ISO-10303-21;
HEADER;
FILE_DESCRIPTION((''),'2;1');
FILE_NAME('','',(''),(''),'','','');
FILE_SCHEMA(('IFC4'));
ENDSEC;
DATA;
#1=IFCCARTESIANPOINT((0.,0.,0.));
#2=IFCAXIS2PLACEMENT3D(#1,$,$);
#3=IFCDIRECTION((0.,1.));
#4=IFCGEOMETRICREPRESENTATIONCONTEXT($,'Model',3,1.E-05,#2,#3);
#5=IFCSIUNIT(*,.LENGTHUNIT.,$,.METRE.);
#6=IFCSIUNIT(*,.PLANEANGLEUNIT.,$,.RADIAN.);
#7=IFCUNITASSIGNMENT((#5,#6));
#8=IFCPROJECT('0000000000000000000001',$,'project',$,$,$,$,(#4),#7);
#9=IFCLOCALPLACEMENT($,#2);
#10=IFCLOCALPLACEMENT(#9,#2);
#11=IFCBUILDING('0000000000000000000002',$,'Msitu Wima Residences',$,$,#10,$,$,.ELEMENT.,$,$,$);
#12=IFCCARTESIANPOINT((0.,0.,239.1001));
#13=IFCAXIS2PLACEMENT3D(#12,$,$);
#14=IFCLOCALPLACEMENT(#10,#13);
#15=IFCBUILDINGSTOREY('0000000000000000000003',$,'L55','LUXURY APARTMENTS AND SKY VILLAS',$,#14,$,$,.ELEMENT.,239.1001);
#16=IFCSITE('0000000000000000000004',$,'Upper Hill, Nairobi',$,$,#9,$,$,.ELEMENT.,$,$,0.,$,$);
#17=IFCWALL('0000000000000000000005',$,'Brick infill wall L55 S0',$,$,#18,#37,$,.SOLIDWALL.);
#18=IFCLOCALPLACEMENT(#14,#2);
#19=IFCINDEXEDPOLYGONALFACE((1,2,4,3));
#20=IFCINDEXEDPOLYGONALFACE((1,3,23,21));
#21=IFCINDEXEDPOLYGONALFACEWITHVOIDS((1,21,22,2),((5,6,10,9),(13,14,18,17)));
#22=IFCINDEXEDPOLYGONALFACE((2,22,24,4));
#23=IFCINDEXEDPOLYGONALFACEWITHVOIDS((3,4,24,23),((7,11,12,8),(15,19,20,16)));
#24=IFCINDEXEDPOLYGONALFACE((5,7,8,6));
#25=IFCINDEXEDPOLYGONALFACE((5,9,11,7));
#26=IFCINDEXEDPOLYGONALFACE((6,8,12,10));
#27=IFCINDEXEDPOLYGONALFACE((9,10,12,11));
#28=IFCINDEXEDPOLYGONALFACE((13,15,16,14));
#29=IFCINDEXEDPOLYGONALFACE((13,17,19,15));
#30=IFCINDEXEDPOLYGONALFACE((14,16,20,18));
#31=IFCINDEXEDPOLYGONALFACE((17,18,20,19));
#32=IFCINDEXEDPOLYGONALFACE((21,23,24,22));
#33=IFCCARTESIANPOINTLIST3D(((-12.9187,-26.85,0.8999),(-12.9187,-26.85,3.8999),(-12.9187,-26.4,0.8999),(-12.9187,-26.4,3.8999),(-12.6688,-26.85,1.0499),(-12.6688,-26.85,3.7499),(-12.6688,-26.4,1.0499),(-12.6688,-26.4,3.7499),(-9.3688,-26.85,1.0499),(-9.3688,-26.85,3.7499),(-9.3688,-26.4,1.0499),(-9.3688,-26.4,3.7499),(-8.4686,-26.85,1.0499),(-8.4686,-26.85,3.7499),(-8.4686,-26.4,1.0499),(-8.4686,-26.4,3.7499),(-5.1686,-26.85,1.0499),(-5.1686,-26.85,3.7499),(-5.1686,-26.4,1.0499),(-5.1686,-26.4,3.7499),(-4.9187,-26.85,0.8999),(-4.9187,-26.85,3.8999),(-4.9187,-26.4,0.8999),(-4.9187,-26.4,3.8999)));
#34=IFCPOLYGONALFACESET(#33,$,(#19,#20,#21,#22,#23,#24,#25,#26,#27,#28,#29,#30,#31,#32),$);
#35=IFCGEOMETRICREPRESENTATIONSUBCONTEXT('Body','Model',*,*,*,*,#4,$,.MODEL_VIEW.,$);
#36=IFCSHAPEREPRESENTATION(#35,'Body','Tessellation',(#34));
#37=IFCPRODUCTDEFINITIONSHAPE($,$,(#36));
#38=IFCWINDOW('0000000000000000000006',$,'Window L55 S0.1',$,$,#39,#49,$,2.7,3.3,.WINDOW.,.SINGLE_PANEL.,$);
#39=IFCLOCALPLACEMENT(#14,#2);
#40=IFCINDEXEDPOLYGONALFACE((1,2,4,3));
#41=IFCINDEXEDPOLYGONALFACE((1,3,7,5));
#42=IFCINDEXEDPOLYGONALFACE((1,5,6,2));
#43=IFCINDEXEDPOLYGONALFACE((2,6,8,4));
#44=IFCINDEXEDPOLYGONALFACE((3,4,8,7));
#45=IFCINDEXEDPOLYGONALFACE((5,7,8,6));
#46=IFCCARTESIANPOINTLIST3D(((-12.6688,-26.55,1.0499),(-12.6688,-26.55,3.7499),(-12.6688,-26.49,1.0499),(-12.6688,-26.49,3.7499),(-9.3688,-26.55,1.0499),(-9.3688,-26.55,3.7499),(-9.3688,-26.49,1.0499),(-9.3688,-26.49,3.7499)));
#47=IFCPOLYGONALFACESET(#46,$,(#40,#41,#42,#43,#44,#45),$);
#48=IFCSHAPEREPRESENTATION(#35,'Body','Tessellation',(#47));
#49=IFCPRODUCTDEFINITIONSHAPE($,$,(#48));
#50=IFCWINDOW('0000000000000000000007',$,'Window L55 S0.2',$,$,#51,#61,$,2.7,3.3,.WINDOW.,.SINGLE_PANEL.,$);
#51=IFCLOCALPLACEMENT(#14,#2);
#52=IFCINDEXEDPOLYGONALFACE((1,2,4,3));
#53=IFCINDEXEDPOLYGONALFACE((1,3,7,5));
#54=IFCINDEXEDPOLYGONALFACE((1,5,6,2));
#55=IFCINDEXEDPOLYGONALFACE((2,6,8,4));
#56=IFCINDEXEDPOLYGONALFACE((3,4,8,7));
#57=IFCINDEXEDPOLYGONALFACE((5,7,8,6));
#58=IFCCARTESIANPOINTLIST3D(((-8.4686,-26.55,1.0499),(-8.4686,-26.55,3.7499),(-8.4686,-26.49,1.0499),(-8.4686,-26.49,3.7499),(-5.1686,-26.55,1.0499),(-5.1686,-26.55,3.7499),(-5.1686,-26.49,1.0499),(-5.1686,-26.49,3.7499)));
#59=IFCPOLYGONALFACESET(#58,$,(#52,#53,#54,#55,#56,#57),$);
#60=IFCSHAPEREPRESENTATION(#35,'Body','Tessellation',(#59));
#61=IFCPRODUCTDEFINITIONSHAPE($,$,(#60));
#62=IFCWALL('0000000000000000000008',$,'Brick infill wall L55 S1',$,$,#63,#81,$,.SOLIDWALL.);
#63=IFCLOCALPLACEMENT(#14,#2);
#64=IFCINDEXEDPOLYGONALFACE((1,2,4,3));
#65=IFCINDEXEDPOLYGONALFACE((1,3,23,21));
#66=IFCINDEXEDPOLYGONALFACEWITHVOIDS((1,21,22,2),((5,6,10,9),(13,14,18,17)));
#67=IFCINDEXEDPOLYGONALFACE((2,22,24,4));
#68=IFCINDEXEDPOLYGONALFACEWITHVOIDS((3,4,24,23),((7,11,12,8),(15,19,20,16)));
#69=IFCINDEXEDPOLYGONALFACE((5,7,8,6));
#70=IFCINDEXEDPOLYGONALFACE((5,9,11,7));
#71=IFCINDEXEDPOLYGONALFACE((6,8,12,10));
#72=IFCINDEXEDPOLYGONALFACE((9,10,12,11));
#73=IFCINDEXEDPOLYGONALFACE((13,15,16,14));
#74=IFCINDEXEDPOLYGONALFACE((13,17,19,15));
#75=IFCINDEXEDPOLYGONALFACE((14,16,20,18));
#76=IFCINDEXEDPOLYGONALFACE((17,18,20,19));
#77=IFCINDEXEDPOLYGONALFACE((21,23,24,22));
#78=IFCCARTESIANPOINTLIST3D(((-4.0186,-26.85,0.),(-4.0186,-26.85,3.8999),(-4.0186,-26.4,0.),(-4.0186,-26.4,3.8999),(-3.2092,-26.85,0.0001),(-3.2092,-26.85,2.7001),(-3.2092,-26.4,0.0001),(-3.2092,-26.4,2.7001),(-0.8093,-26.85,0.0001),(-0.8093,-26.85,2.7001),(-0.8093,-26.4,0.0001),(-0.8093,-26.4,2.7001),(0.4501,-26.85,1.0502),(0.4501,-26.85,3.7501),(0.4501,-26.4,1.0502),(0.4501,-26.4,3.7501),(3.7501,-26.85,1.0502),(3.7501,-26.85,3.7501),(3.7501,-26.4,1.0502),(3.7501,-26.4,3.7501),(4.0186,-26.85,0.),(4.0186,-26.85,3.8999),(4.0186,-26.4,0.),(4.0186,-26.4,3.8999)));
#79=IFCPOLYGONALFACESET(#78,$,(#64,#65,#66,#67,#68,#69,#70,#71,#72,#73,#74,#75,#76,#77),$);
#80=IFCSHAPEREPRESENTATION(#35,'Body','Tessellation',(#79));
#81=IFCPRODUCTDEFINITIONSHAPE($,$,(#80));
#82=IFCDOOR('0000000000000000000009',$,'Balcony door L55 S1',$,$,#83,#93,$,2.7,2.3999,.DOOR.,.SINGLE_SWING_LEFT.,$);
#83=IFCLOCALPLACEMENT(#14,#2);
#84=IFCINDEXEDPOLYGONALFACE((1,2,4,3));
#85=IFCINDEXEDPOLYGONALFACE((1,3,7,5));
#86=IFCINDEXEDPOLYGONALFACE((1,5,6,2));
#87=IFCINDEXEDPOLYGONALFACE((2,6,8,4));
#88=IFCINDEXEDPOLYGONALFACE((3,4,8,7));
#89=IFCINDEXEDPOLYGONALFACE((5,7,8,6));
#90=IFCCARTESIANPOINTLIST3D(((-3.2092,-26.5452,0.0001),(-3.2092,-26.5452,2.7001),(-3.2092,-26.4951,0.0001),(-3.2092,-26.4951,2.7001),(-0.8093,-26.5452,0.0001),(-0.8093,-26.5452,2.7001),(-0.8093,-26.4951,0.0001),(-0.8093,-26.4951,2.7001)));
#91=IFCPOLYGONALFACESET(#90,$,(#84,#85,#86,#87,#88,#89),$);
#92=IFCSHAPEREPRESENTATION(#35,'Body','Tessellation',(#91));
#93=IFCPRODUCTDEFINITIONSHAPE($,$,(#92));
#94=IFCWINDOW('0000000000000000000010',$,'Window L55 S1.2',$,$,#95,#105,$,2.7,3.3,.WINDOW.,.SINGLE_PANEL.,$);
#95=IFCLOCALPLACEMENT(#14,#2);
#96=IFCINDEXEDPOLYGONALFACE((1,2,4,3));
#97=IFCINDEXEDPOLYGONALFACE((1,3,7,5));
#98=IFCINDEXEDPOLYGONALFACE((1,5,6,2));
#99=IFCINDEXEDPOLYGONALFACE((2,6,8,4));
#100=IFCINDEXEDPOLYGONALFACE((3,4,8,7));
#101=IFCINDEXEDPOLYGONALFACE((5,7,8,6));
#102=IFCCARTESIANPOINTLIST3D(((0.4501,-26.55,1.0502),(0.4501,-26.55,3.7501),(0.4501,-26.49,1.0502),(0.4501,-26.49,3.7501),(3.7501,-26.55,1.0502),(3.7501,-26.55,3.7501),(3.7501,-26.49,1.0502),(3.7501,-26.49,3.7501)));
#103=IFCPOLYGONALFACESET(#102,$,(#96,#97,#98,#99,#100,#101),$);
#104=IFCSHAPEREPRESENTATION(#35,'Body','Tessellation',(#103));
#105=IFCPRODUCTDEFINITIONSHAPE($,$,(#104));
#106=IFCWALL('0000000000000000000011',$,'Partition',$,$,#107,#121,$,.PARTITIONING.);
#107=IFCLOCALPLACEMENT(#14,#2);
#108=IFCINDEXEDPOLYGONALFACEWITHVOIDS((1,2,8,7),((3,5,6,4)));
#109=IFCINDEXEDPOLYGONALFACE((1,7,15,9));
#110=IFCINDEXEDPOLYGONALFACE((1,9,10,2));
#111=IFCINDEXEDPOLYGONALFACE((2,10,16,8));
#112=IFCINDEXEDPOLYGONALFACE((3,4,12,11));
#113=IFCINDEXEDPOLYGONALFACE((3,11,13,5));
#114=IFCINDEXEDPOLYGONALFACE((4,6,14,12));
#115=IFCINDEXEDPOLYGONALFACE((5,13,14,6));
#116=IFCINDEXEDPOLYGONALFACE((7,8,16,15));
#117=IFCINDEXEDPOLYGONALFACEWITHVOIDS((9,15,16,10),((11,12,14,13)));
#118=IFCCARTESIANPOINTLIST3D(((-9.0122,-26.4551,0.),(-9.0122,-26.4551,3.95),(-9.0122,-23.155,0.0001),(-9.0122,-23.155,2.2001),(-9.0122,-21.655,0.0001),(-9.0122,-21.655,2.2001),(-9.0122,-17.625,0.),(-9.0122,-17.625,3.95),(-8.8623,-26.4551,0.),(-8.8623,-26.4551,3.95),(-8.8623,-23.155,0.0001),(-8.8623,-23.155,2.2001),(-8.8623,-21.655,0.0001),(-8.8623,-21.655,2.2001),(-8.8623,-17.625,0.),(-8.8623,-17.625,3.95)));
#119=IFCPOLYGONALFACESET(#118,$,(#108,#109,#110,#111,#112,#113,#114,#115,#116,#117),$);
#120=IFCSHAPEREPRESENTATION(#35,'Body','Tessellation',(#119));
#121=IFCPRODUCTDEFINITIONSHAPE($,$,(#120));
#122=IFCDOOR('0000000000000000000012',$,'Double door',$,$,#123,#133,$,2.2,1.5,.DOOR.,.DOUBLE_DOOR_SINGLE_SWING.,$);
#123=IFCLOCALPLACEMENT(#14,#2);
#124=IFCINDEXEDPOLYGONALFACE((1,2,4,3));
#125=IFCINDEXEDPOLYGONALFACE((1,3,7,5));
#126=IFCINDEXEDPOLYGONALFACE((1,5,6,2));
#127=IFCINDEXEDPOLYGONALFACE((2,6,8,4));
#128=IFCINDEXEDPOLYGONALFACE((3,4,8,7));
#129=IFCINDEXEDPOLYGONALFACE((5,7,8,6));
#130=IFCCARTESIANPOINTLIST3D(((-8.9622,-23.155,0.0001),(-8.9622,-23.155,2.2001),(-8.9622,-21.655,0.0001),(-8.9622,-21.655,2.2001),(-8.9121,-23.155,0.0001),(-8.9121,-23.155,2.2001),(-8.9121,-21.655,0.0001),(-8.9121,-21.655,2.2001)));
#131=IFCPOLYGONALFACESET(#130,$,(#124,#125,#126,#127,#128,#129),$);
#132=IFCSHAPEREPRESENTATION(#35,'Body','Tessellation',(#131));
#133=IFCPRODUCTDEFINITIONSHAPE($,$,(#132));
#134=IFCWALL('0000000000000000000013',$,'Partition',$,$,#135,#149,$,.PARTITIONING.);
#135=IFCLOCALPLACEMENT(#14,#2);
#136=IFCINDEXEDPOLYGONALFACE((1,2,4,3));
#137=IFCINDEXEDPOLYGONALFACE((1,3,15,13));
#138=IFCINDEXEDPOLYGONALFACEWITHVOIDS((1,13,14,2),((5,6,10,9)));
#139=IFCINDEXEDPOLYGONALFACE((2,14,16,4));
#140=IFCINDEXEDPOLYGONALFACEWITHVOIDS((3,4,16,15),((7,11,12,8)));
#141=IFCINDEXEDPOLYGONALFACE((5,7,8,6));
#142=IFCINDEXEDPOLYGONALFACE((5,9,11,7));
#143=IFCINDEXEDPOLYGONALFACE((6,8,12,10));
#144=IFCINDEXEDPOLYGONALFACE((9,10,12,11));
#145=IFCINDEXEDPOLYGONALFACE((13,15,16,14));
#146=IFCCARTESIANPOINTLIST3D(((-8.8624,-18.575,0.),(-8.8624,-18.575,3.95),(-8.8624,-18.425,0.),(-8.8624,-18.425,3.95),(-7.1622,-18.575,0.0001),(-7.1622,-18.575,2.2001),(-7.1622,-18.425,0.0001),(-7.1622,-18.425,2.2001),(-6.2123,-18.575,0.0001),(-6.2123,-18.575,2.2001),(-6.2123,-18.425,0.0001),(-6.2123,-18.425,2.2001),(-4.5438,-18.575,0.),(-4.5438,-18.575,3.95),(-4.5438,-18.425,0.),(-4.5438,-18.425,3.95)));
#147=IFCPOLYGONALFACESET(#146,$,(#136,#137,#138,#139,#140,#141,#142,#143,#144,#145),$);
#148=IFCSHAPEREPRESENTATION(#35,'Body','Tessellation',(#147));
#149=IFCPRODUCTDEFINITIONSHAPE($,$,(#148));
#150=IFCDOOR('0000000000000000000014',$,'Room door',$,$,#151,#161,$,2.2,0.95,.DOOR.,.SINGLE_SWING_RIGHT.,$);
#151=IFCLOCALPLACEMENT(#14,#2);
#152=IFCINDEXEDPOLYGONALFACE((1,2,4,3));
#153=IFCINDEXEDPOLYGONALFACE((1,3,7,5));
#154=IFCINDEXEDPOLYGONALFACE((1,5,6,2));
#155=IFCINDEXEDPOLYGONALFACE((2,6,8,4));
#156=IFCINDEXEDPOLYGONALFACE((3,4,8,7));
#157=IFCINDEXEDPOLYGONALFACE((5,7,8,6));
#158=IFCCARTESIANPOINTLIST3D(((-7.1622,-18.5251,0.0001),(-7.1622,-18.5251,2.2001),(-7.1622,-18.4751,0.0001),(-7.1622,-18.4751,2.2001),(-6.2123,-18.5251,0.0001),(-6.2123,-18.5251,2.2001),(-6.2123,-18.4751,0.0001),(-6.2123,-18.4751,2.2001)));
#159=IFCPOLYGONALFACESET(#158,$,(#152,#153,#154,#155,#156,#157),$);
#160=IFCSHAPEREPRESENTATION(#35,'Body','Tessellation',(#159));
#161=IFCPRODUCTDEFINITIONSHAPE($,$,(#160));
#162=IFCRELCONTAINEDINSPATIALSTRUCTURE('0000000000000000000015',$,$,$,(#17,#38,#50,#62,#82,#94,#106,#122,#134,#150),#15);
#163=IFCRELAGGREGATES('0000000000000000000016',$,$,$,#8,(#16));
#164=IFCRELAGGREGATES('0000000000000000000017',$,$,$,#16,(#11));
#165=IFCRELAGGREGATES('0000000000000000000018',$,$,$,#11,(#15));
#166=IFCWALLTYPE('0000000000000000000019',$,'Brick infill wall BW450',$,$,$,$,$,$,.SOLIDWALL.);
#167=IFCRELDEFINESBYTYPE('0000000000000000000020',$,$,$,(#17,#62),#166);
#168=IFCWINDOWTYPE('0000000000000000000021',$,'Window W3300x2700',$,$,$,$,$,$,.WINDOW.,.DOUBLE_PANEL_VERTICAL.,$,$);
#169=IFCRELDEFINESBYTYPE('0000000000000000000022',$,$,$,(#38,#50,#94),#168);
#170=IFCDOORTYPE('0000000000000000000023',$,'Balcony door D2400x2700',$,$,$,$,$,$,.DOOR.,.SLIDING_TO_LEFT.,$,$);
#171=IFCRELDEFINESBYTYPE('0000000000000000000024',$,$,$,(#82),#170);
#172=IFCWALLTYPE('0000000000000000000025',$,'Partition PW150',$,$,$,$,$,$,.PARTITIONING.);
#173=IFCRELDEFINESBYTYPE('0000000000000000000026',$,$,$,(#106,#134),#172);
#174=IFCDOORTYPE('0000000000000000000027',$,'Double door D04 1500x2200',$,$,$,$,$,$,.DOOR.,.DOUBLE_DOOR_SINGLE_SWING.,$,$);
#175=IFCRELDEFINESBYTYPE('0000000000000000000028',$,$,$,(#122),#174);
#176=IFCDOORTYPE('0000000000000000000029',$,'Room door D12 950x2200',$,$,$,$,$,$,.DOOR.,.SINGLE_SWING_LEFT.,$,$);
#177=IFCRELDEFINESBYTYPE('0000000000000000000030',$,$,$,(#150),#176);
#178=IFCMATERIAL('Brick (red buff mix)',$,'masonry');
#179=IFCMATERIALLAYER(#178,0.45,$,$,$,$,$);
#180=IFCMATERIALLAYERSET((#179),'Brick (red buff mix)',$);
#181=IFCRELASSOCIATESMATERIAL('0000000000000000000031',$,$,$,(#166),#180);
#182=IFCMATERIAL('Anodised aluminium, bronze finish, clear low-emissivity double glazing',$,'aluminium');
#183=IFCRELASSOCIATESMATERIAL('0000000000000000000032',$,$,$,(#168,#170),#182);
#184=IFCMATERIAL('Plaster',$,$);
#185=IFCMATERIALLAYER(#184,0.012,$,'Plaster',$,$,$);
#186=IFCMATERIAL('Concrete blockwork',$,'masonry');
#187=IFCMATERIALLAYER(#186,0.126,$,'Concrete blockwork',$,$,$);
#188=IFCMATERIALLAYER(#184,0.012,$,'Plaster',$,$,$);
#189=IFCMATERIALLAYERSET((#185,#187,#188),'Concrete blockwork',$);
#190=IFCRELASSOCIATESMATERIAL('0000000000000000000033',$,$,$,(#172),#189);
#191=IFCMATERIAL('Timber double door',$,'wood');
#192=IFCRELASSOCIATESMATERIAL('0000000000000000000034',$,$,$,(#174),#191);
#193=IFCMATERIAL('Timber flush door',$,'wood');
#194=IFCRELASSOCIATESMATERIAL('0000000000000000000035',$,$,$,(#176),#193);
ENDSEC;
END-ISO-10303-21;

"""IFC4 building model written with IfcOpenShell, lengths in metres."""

from ifc_helpers import new_model, si_unit, direction, frame, frame_2d, origin, place, context, subcontext, project, spatial, rectangle, extrude, material, layer, layer_set, type_object, element, fill, save


model = new_model("IFC4")

# Units and contexts
model_context = context("Model", 3, precision=1e-05, world=origin(), true_north=direction((0.0, 1.0)))
body_context = subcontext(model_context, "Body", "Model", "MODEL_VIEW")
ifc_project = project(units=[si_unit("LENGTHUNIT", "METRE"), si_unit("PLANEANGLEUNIT", "RADIAN")], contexts=[model_context])

# Site, building, storey
site_placement = place(None, origin())
site = spatial("IfcSite", under=ifc_project, at=site_placement, Name="Upper Hill, Nairobi", CompositionType="ELEMENT", RefElevation=0.0)
building_placement = place(site_placement, origin())
building = spatial("IfcBuilding", under=site, at=building_placement, Name="Msitu Wima Residences", CompositionType="ELEMENT")
storey_placement = place(building_placement, frame((0.0, 0.0, 239.1001)))
storey = spatial("IfcBuildingStorey", under=building, at=storey_placement, Name="L55", Description="LUXURY APARTMENTS AND SKY VILLAS", CompositionType="ELEMENT", Elevation=239.1001)

# Wall, openings, windows
ifc_material_1 = material(Name="Brick (red buff mix)", Category="masonry")
ifc_layer_1 = layer(ifc_material_1, 0.45)
ifc_layer_set_1 = layer_set([ifc_layer_1], Name="Brick (red buff mix)")
wall_type_1 = type_object("IfcWallType", Name="Brick infill wall BW450", PredefinedType="SOLIDWALL", material=ifc_layer_set_1)
wall_1_placement = place(storey_placement, frame((-12.9187, -26.625, 0.8999), z_axis=(0.0, 0.0, 1.0), x_axis=(1.0, 0.0, 0.0)))
wall_1 = element("IfcWall", 1, at=wall_1_placement, inside=storey, type_object=wall_type_1, Name="Brick infill wall L55 S0", PredefinedType="SOLIDWALL", context=body_context, shape_type="SweptSolid", body=[
    extrude(rectangle(XDim=8.0, YDim=0.45, at=frame_2d((4.0, 0.0))), origin(), (0.0, 0.0, 1.0), 3.0),
])
opening_1_placement = place(wall_1_placement, frame((0.25, 0.0, 0.1499)))
opening_1 = element("IfcOpeningElement", 2, at=opening_1_placement, cuts=wall_1, PredefinedType="OPENING", context=body_context, shape_type="SweptSolid", body=[
    extrude(rectangle(XDim=3.3, YDim=2.7, at=frame_2d((1.6499, 1.3501))), frame((0.0, 0.2349, 0.0), z_axis=(0.0, -1.0, 0.0), x_axis=(1.0, 0.0, 0.0)), (0.0, 0.0, 1.0), 0.47),
])
opening_2_placement = place(wall_1_placement, frame((4.4502, 0.0, 0.1499)))
opening_2 = element("IfcOpeningElement", 3, at=opening_2_placement, cuts=wall_1, PredefinedType="OPENING", context=body_context, shape_type="SweptSolid", body=[
    extrude(rectangle(XDim=3.3, YDim=2.7, at=frame_2d((1.6499, 1.3501))), frame((0.0, 0.2349, 0.0), z_axis=(0.0, -1.0, 0.0), x_axis=(1.0, 0.0, 0.0)), (0.0, 0.0, 1.0), 0.47),
])
ifc_material_2 = material(Name="Anodised aluminium, bronze finish, clear low-emissivity double glazing", Category="aluminium")
window_type = type_object("IfcWindowType", Name="Window W3300x2700", PartitioningType="DOUBLE_PANEL_VERTICAL", PredefinedType="WINDOW", material=ifc_material_2)
window_1_placement = place(opening_1_placement, origin())
window_1 = element("IfcWindow", 4, at=window_1_placement, inside=storey, type_object=window_type, Name="Window L55 S0.1", OverallHeight=2.7, OverallWidth=3.3, PartitioningType="SINGLE_PANEL", PredefinedType="WINDOW", context=body_context, shape_type="SweptSolid", body=[
    extrude(rectangle(XDim=3.3, YDim=2.7, at=frame_2d((1.6499, 1.3501))), frame((0.0, 0.135, 0.0), z_axis=(0.0, -1.0, 0.0), x_axis=(1.0, 0.0, 0.0)), (0.0, 0.0, 1.0), 0.0601),
])
fill(opening_1, window_1)
window_2_placement = place(opening_2_placement, origin())
window_2 = element("IfcWindow", 5, at=window_2_placement, inside=storey, type_object=window_type, Name="Window L55 S0.2", OverallHeight=2.7, OverallWidth=3.3, PartitioningType="SINGLE_PANEL", PredefinedType="WINDOW", context=body_context, shape_type="SweptSolid", body=[
    extrude(rectangle(XDim=3.3, YDim=2.7, at=frame_2d((1.6499, 1.3501))), frame((0.0, 0.135, 0.0), z_axis=(0.0, -1.0, 0.0), x_axis=(1.0, 0.0, 0.0)), (0.0, 0.0, 1.0), 0.0601),
])
fill(opening_2, window_2)

# Wall, openings, door, window
wall_2_placement = place(storey_placement, frame((-4.0186, -26.625, 0.0), z_axis=(0.0, 0.0, 1.0), x_axis=(1.0, 0.0, 0.0)))
wall_2 = element("IfcWall", 6, at=wall_2_placement, inside=storey, type_object=wall_type_1, Name="Brick infill wall L55 S1", PredefinedType="SOLIDWALL", context=body_context, shape_type="SweptSolid", body=[
    extrude(rectangle(XDim=8.0371, YDim=0.45, at=frame_2d((4.0186, 0.0))), origin(), (0.0, 0.0, 1.0), 3.8999),
])
opening_3_placement = place(wall_2_placement, frame((0.8093, 0.0, 0.0)))
opening_3 = element("IfcOpeningElement", 7, at=opening_3_placement, cuts=wall_2, PredefinedType="OPENING", context=body_context, shape_type="SweptSolid", body=[
    extrude(rectangle(XDim=2.3999, YDim=2.7, at=frame_2d((1.2, 1.3501))), frame((0.0, 0.2349, 0.0), z_axis=(0.0, -1.0, 0.0), x_axis=(1.0, 0.0, 0.0)), (0.0, 0.0, 1.0), 0.47),
])
opening_4_placement = place(wall_2_placement, frame((4.4688, 0.0, 1.05)))
opening_4 = element("IfcOpeningElement", 8, at=opening_4_placement, cuts=wall_2, PredefinedType="OPENING", context=body_context, shape_type="SweptSolid", body=[
    extrude(rectangle(XDim=3.3, YDim=2.7, at=frame_2d((1.6499, 1.3501))), frame((0.0, 0.2349, 0.0), z_axis=(0.0, -1.0, 0.0), x_axis=(1.0, 0.0, 0.0)), (0.0, 0.0, 1.0), 0.47),
])
door_type_1 = type_object("IfcDoorType", Name="Balcony door D2400x2700", OperationType="SLIDING_TO_LEFT", PredefinedType="DOOR", material=ifc_material_2)
door_1_placement = place(opening_3_placement, origin())
door_1 = element("IfcDoor", 9, at=door_1_placement, inside=storey, type_object=door_type_1, Name="Balcony door L55 S1", OperationType="SINGLE_SWING_LEFT", OverallHeight=2.7, OverallWidth=2.3999, PredefinedType="DOOR", context=body_context, shape_type="SweptSolid", body=[
    extrude(rectangle(XDim=2.3999, YDim=2.7, at=frame_2d((1.2, 1.3501))), frame((0.0, 0.1299, 0.0), z_axis=(0.0, -1.0, 0.0), x_axis=(1.0, 0.0, 0.0)), (0.0, 0.0, 1.0), 0.05),
])
fill(opening_3, door_1)
window_3_placement = place(opening_4_placement, origin())
window_3 = element("IfcWindow", 10, at=window_3_placement, inside=storey, type_object=window_type, Name="Window L55 S1.2", OverallHeight=2.7, OverallWidth=3.3, PartitioningType="SINGLE_PANEL", PredefinedType="WINDOW", context=body_context, shape_type="SweptSolid", body=[
    extrude(rectangle(XDim=3.3, YDim=2.7, at=frame_2d((1.6499, 1.3501))), frame((0.0, 0.135, 0.0), z_axis=(0.0, -1.0, 0.0), x_axis=(1.0, 0.0, 0.0)), (0.0, 0.0, 1.0), 0.0601),
])
fill(opening_4, window_3)

# Walls, openings, doors
ifc_material_3 = material(Name="Plaster")
ifc_layer_2 = layer(ifc_material_3, 0.012, Name="Plaster")
ifc_material_4 = material(Name="Concrete blockwork", Category="masonry")
ifc_layer_3 = layer(ifc_material_4, 0.126, Name="Concrete blockwork")
ifc_layer_4 = layer(ifc_material_3, 0.012, Name="Plaster")
ifc_layer_set_2 = layer_set([ifc_layer_2, ifc_layer_3, ifc_layer_4], Name="Concrete blockwork")
wall_type_2 = type_object("IfcWallType", Name="Partition PW150", PredefinedType="PARTITIONING", material=ifc_layer_set_2)
wall_3_placement = place(storey_placement, frame((-8.9373, -26.4551, 0.0), z_axis=(0.0, 0.0, 1.0), x_axis=(0.0, 1.0, 0.0)))
wall_3 = element("IfcWall", 11, at=wall_3_placement, inside=storey, type_object=wall_type_2, Name="Partition", PredefinedType="PARTITIONING", context=body_context, shape_type="SweptSolid", body=[
    extrude(rectangle(XDim=8.8301, YDim=0.1499, at=frame_2d((4.415, 0.0))), origin(), (0.0, 0.0, 1.0), 3.95),
])
opening_5_placement = place(wall_3_placement, frame((3.3, 0.0, 0.0)))
opening_5 = element("IfcOpeningElement", 12, at=opening_5_placement, cuts=wall_3, PredefinedType="OPENING", context=body_context, shape_type="SweptSolid", body=[
    extrude(rectangle(XDim=1.5, YDim=2.2, at=frame_2d((0.75, 1.1001))), frame((0.0, 0.085, 0.0), z_axis=(0.0, -1.0, 0.0), x_axis=(1.0, 0.0, 0.0)), (0.0, 0.0, 1.0), 0.1699),
])
ifc_material_5 = material(Name="Timber double door", Category="wood")
door_type_2 = type_object("IfcDoorType", Name="Double door D04 1500x2200", OperationType="DOUBLE_DOOR_SINGLE_SWING", PredefinedType="DOOR", material=ifc_material_5)
door_2_placement = place(opening_5_placement, origin())
door_2 = element("IfcDoor", 13, at=door_2_placement, inside=storey, type_object=door_type_2, Name="Double door", OperationType="DOUBLE_DOOR_SINGLE_SWING", OverallHeight=2.2, OverallWidth=1.5, PredefinedType="DOOR", context=body_context, shape_type="SweptSolid", body=[
    extrude(rectangle(XDim=1.5, YDim=2.2, at=frame_2d((0.75, 1.1001))), frame((0.0, 0.0249, 0.0), z_axis=(0.0, -1.0, 0.0), x_axis=(1.0, 0.0, 0.0)), (0.0, 0.0, 1.0), 0.05),
])
fill(opening_5, door_2)
wall_4_placement = place(storey_placement, frame((-8.8623, -18.5, 0.0), z_axis=(0.0, 0.0, 1.0), x_axis=(1.0, 0.0, 0.0)))
wall_4 = element("IfcWall", 14, at=wall_4_placement, inside=storey, type_object=wall_type_2, Name="Partition", PredefinedType="PARTITIONING", context=body_context, shape_type="SweptSolid", body=[
    extrude(rectangle(XDim=4.3186, YDim=0.1499, at=frame_2d((2.1592, 0.0))), origin(), (0.0, 0.0, 1.0), 3.95),
])
opening_6_placement = place(wall_4_placement, frame((1.7, 0.0, 0.0)))
opening_6 = element("IfcOpeningElement", 15, at=opening_6_placement, cuts=wall_4, PredefinedType="OPENING", context=body_context, shape_type="SweptSolid", body=[
    extrude(rectangle(XDim=0.95, YDim=2.2, at=frame_2d((0.4751, 1.1001))), frame((0.0, 0.085, 0.0), z_axis=(0.0, -1.0, 0.0), x_axis=(1.0, 0.0, 0.0)), (0.0, 0.0, 1.0), 0.1699),
])
ifc_material_6 = material(Name="Timber flush door", Category="wood")
door_type_3 = type_object("IfcDoorType", Name="Room door D12 950x2200", OperationType="SINGLE_SWING_LEFT", PredefinedType="DOOR", material=ifc_material_6)
door_3_placement = place(opening_6_placement, origin())
door_3 = element("IfcDoor", 16, at=door_3_placement, inside=storey, type_object=door_type_3, Name="Room door", OperationType="SINGLE_SWING_RIGHT", OverallHeight=2.2, OverallWidth=0.95, PredefinedType="DOOR", context=body_context, shape_type="SweptSolid", body=[
    extrude(rectangle(XDim=0.95, YDim=2.2, at=frame_2d((0.4751, 1.1001))), frame((0.0, 0.0249, 0.0), z_axis=(0.0, -1.0, 0.0), x_axis=(1.0, 0.0, 0.0)), (0.0, 0.0, 1.0), 0.05),
])
fill(opening_6, door_3)

save(model, "model.ifc")
